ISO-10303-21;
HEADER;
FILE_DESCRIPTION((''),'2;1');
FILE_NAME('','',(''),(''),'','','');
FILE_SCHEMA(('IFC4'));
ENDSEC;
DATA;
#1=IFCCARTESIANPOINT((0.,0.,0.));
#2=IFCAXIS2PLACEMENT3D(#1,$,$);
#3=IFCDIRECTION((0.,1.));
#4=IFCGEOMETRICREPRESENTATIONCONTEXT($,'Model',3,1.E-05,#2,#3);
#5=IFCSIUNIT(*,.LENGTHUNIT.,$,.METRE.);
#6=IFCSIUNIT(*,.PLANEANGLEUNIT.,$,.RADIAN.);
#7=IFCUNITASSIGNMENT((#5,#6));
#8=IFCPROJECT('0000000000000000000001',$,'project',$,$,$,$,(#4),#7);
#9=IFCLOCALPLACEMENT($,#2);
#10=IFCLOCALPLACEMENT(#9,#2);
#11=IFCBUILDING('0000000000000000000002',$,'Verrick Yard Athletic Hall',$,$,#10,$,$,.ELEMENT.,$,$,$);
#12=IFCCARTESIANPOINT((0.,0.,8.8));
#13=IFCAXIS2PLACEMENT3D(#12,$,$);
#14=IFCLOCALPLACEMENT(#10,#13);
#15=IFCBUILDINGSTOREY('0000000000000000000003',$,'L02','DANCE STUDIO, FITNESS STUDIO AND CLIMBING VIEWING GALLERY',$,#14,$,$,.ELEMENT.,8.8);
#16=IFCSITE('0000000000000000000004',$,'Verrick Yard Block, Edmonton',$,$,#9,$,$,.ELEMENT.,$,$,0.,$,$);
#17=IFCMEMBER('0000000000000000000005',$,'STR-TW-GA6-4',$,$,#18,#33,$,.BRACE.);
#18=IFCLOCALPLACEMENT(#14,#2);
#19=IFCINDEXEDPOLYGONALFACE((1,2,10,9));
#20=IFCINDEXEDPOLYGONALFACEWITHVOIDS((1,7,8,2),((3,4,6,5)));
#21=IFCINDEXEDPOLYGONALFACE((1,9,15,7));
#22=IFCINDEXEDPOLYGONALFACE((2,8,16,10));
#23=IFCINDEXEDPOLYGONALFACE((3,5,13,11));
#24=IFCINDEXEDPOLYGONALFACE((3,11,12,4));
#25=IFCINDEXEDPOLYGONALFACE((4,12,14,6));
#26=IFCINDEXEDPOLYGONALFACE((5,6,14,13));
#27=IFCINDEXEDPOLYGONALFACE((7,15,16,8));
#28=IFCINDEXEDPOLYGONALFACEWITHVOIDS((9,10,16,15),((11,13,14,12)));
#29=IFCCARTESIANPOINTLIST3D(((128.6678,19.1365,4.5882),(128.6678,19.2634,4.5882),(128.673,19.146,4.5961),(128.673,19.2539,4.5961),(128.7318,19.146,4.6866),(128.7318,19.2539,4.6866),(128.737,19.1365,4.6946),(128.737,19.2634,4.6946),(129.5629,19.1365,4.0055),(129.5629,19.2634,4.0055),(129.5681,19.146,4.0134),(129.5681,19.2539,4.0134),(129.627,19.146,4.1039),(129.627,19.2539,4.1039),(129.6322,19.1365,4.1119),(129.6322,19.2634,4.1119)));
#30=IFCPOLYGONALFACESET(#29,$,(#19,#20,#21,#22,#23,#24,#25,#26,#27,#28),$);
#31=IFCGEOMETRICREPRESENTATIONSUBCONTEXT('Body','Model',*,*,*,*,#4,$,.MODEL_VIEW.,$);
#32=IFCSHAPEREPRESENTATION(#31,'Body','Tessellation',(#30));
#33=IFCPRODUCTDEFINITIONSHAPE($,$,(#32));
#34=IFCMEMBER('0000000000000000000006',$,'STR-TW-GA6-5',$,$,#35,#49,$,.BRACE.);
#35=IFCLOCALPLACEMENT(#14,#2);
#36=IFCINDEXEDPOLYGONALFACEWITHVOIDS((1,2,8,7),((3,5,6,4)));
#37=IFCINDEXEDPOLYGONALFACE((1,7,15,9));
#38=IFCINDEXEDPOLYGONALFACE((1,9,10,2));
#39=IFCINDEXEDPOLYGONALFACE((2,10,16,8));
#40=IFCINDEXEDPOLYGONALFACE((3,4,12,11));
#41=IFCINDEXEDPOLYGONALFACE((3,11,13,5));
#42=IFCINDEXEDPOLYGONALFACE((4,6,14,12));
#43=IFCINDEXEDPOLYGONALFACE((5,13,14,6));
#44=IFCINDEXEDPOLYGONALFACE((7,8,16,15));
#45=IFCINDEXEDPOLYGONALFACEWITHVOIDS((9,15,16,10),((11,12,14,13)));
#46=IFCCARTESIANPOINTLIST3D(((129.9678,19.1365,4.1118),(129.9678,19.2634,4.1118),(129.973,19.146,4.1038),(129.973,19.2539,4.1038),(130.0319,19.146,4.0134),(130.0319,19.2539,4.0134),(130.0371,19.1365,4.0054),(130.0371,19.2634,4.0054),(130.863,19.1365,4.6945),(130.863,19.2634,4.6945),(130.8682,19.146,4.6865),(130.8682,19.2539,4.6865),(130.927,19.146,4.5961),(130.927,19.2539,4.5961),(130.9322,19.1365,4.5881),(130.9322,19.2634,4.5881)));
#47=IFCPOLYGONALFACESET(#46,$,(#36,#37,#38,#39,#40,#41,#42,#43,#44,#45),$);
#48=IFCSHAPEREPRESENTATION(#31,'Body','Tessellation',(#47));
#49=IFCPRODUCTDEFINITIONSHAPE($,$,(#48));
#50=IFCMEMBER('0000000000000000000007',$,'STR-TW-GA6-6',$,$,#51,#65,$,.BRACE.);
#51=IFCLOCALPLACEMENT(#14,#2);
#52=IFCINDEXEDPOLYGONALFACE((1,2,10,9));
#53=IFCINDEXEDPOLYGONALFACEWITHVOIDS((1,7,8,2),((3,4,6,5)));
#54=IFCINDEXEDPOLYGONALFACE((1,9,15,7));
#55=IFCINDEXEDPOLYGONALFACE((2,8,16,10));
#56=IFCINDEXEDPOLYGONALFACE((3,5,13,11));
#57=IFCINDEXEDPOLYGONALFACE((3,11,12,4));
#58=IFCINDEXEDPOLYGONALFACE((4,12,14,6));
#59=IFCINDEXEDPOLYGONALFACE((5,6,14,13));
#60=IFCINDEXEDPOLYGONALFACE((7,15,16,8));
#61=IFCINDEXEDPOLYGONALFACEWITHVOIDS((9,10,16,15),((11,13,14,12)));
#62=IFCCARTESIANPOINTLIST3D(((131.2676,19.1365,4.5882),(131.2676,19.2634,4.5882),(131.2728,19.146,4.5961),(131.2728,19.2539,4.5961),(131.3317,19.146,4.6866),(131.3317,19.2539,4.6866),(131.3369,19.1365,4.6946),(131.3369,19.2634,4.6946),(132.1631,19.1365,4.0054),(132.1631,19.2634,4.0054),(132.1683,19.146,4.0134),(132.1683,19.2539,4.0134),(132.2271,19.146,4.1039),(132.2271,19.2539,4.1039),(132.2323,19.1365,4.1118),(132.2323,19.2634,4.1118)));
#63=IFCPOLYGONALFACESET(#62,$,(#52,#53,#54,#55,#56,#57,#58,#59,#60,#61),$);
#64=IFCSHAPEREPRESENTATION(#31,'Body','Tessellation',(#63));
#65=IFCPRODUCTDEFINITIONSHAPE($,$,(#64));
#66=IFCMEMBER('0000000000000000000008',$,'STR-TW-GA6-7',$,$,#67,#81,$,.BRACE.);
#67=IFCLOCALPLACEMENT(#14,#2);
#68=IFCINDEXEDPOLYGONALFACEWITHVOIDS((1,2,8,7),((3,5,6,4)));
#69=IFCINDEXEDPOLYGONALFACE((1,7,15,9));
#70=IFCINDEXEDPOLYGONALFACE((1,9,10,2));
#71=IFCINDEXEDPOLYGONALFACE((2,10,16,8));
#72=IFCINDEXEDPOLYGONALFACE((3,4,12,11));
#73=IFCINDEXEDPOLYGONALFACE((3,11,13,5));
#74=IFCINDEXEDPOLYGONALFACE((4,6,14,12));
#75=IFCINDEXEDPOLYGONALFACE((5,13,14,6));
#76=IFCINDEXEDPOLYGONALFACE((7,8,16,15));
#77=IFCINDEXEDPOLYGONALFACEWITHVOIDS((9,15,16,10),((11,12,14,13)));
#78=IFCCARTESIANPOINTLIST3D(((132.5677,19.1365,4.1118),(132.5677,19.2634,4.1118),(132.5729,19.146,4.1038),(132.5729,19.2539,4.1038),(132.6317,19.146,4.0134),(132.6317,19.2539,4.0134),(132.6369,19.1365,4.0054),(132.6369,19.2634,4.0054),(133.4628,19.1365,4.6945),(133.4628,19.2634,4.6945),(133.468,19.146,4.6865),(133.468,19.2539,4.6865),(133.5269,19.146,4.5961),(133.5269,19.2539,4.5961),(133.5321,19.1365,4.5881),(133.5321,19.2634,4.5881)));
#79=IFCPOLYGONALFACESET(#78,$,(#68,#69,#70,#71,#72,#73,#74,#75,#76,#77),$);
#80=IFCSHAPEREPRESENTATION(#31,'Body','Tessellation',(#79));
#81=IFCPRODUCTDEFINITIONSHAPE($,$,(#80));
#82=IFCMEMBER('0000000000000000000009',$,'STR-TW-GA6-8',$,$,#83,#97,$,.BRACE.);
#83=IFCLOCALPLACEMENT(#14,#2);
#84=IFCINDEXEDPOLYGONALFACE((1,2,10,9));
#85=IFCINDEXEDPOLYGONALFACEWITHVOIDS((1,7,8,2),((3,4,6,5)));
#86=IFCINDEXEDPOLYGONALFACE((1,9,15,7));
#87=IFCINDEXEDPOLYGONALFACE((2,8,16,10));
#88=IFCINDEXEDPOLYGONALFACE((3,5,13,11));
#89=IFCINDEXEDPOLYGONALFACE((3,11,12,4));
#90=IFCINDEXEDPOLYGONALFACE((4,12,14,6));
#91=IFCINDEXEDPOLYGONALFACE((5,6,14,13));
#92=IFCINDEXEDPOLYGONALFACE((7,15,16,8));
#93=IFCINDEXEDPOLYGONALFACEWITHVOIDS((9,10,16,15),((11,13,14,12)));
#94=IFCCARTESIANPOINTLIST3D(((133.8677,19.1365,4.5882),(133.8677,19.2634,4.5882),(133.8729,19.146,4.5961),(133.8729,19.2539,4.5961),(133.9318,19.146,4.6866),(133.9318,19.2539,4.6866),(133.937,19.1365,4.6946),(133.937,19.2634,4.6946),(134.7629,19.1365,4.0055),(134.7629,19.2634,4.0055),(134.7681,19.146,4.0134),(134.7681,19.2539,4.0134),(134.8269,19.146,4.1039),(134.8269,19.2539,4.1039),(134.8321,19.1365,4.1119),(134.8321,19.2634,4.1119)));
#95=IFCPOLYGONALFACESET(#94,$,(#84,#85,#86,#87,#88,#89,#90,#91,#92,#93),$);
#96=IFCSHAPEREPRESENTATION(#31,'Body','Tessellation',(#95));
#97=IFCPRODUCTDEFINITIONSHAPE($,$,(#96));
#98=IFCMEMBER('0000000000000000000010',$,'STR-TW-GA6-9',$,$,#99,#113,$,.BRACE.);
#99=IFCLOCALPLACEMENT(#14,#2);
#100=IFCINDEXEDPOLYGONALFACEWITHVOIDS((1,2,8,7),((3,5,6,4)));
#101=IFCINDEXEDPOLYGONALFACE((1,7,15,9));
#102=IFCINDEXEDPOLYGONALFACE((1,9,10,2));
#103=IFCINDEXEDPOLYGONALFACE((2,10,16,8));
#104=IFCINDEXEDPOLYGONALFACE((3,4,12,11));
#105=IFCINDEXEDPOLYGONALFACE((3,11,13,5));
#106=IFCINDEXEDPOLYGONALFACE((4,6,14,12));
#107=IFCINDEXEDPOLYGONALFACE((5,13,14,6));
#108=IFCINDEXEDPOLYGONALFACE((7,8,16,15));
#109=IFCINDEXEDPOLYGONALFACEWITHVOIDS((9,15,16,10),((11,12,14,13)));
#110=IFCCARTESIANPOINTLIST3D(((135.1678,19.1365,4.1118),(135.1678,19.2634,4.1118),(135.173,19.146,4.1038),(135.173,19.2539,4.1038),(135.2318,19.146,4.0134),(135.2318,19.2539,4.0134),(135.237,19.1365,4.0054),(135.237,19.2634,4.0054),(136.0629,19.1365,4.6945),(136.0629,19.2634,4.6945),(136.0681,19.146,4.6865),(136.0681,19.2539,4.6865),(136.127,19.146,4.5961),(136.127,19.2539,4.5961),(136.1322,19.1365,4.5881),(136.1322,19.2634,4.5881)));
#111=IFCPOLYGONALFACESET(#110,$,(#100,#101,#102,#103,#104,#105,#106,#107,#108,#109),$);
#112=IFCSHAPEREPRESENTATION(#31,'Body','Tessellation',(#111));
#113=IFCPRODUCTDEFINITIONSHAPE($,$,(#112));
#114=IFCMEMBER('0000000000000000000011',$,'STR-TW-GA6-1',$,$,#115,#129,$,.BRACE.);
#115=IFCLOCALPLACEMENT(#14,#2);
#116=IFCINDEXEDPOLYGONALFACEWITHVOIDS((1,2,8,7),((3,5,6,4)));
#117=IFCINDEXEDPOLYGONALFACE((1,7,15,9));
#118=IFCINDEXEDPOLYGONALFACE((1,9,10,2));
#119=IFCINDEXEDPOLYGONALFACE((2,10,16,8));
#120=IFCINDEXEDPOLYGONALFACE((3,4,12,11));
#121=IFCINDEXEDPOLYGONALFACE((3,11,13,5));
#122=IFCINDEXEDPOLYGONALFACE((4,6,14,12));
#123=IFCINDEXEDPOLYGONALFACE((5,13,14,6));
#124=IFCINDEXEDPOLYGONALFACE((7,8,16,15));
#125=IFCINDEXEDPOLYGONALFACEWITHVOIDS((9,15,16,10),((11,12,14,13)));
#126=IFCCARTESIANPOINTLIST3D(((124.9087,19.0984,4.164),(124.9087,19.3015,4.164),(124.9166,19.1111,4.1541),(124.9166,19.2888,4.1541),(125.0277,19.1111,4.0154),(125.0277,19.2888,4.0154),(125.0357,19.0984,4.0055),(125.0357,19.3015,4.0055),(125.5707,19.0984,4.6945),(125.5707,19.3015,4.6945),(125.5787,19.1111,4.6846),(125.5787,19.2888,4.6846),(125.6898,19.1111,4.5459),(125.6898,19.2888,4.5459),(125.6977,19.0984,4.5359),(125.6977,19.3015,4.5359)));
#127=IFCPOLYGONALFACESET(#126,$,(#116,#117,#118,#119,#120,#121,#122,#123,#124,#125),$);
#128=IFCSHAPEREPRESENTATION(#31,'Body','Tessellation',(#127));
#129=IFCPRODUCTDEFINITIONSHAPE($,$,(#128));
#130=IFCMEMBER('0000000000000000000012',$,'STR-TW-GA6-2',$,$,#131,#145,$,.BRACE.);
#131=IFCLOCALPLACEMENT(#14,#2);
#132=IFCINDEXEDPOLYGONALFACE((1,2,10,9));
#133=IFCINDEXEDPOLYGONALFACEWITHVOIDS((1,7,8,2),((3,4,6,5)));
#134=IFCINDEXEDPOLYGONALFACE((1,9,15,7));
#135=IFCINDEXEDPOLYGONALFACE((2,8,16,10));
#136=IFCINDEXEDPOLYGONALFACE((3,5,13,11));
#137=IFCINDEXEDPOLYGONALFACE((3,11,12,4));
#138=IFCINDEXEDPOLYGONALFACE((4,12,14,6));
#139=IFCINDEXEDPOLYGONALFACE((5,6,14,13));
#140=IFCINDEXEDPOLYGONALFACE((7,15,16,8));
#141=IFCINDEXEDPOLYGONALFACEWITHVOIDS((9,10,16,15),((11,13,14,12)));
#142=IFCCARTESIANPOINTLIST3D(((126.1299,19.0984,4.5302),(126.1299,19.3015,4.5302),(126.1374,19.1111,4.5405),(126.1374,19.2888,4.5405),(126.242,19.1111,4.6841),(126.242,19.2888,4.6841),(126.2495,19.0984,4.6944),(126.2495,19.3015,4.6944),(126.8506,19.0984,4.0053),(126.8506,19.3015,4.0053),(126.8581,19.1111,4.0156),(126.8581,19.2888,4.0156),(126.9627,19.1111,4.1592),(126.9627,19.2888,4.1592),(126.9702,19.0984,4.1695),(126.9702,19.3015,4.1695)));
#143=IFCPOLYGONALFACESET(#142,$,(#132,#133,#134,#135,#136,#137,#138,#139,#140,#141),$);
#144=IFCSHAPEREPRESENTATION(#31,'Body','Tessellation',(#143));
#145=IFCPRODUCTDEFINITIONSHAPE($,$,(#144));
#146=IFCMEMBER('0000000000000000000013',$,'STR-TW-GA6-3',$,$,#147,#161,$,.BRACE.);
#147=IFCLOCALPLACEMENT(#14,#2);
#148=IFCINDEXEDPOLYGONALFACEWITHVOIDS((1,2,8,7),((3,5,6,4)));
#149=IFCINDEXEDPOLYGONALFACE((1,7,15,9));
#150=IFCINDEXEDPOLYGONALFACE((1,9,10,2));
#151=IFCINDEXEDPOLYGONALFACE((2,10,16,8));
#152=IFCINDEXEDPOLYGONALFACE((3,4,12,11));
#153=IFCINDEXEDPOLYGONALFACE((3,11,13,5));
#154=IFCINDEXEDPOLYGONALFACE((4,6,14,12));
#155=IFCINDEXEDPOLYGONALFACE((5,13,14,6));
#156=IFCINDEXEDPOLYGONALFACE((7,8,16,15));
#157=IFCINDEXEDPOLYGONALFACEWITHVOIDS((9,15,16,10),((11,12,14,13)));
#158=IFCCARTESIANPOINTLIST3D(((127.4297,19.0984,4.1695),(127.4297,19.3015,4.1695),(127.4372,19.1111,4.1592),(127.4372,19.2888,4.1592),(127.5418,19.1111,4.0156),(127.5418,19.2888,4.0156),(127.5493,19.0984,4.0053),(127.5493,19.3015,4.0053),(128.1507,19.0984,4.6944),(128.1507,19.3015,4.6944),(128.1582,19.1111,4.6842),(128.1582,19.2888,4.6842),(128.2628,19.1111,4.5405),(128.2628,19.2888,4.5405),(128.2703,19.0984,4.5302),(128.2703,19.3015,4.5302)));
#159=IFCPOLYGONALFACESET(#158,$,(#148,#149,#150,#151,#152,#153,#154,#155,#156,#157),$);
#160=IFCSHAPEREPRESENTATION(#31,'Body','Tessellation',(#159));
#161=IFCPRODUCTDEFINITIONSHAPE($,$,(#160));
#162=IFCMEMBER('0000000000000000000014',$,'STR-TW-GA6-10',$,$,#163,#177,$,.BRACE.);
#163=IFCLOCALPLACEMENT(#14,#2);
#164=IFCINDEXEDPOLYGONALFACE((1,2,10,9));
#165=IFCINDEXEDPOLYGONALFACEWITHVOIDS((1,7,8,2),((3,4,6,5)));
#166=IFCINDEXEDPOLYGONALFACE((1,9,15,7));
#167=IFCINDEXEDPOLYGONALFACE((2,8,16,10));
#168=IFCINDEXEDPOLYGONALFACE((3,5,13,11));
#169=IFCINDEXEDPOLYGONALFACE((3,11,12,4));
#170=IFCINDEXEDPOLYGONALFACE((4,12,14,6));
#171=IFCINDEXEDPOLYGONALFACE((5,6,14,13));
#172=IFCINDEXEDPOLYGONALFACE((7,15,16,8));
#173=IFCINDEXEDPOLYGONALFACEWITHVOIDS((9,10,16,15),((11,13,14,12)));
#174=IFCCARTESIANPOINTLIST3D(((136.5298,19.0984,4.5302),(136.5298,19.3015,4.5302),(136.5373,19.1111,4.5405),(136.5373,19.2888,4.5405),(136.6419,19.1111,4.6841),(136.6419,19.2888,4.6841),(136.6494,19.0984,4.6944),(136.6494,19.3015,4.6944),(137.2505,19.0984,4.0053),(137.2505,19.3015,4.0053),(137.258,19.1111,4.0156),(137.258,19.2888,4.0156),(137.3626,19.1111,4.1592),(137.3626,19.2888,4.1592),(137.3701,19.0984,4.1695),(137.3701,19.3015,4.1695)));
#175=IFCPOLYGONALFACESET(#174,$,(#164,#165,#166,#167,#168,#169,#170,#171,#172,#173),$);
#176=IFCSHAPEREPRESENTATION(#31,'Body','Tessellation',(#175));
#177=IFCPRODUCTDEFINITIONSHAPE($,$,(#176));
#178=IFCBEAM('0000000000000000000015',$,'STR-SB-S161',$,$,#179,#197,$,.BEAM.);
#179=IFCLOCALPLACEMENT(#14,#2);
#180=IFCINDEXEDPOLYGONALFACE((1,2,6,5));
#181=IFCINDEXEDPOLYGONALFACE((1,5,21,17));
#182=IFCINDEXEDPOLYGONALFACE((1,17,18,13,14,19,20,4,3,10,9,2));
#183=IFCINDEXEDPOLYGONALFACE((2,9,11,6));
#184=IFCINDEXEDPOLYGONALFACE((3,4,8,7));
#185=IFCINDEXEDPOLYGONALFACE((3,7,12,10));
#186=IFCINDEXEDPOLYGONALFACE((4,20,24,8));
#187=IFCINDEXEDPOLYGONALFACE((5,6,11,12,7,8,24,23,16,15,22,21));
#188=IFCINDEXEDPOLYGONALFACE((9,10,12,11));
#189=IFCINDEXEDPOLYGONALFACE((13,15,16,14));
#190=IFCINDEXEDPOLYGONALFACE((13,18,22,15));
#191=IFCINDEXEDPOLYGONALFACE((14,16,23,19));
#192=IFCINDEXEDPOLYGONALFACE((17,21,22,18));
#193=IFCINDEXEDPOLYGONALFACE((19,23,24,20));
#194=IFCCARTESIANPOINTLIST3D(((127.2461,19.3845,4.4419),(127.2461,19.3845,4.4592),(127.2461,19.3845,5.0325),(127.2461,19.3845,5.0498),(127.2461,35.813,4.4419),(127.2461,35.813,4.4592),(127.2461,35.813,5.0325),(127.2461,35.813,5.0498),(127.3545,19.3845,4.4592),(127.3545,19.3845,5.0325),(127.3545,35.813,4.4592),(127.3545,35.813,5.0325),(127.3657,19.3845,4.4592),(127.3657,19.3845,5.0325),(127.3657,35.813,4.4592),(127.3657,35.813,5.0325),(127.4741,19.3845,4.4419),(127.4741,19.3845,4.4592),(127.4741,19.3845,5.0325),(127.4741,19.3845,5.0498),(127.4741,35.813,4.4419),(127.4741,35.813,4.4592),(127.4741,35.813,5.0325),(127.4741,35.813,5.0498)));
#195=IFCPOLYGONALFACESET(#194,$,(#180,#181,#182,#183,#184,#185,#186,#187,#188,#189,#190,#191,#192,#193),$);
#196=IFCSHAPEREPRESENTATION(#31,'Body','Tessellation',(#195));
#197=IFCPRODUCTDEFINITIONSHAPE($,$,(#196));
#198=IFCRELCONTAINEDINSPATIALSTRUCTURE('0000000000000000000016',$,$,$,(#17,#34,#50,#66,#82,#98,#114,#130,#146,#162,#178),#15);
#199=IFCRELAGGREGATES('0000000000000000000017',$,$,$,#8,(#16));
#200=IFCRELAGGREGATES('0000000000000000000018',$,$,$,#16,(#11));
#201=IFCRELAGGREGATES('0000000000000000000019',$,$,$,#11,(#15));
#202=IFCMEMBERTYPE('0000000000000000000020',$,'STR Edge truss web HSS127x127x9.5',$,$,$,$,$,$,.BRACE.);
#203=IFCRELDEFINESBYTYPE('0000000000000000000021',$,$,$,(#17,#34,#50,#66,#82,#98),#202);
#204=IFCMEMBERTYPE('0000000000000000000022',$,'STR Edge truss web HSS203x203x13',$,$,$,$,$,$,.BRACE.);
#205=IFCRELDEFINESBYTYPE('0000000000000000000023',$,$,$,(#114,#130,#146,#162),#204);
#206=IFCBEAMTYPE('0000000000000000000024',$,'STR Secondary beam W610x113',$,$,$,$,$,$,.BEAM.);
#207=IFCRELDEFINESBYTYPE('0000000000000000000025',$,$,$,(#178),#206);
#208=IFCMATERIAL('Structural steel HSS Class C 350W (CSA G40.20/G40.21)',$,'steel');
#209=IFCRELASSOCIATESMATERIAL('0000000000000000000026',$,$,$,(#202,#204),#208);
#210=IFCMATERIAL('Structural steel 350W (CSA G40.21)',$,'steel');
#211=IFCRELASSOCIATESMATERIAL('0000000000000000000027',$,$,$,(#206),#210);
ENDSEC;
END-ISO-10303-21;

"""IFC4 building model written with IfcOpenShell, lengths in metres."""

from ifc_helpers import new_model, si_unit, direction, frame, origin, origin_2d, place, context, subcontext, project, spatial, hollow_rectangle, i_section, extrude, material, material_profile, profile_set, type_object, element, save


model = new_model("IFC4")

# Units and contexts
model_context = context("Model", 3, precision=1e-05, world=origin(), true_north=direction((0.0, 1.0)))
body_context = subcontext(model_context, "Body", "Model", "MODEL_VIEW")
ifc_project = project(units=[si_unit("LENGTHUNIT", "METRE"), si_unit("PLANEANGLEUNIT", "RADIAN")], contexts=[model_context])

# Site, building, storey
site_placement = place(None, origin())
site = spatial("IfcSite", under=ifc_project, at=site_placement, Name="Verrick Yard Block, Edmonton", CompositionType="ELEMENT", RefElevation=0.0)
building_placement = place(site_placement, origin())
building = spatial("IfcBuilding", under=site, at=building_placement, Name="Verrick Yard Athletic Hall", CompositionType="ELEMENT")
storey_placement = place(building_placement, frame((0.0, 0.0, 8.8)))
storey = spatial("IfcBuildingStorey", under=building, at=storey_placement, Name="L02", Description="DANCE STUDIO, FITNESS STUDIO AND CLIMBING VIEWING GALLERY", CompositionType="ELEMENT", Elevation=8.8)

# Members
ifc_material_1 = material(Name="Structural steel 350W (CSA G40.21)", Category="steel")
ifc_material_2 = material(Name="Structural steel HSS Class C 350W (CSA G40.20/G40.21)", Category="steel")
ifc_material_profile_1 = material_profile(ifc_material_2, hollow_rectangle(XDim=0.127, YDim=0.127, WallThickness=0.0095, at=origin_2d()), Name="HSS127x127x9.5")
ifc_profile_set_1 = profile_set([ifc_material_profile_1], Name="Structural steel HSS Class C 350W (CSA G40.20/G40.21)")
member_type_1 = type_object("IfcMemberType", Name="STR Edge truss web HSS127x127x9.5", PredefinedType="BRACE", material=ifc_profile_set_1)
for number, where, z_axis, x_axis, name in (
    (1, (128.7024, 19.2, 4.6414), (0.838083, 0.0, -0.545543), (0.0, 1.0, 0.0), "STR-TW-GA6-4"),
    (2, (130.0024, 19.2, 4.0586), (0.838083, 0.0, 0.545543), (0.0, 1.0, 0.0), "STR-TW-GA6-5"),
):
    element("IfcMember", number, at=place(storey_placement, frame(where, z_axis=z_axis, x_axis=x_axis)), inside=storey, type_object=member_type_1, Name=name, PredefinedType="BRACE", context=body_context, shape_type="SweptSolid", body=[
        extrude(hollow_rectangle(XDim=0.127, YDim=0.127, WallThickness=0.0095, at=origin_2d()), origin(), (0.0, 0.0, 1.0), 1.0681),
    ])
member_1_placement = place(storey_placement, frame((131.3022, 19.2, 4.6414), z_axis=(0.838151, 0.0, -0.545438), x_axis=(0.0, 1.0, 0.0)))
element("IfcMember", 3, at=member_1_placement, inside=storey, type_object=member_type_1, Name="STR-TW-GA6-6", PredefinedType="BRACE", context=body_context, shape_type="SweptSolid", body=[
    extrude(hollow_rectangle(XDim=0.127, YDim=0.127, WallThickness=0.0095, at=origin_2d()), origin(), (0.0, 0.0, 1.0), 1.0684),
])
for number, where, z_axis, x_axis, name in (
    (4, (132.6023, 19.2, 4.0586), (0.838083, 0.0, 0.545543), (0.0, 1.0, 0.0), "STR-TW-GA6-7"),
    (5, (133.9023, 19.2, 4.6414), (0.838083, 0.0, -0.545543), (0.0, 1.0, 0.0), "STR-TW-GA6-8"),
    (6, (135.2024, 19.2, 4.0586), (0.838083, 0.0, 0.545543), (0.0, 1.0, 0.0), "STR-TW-GA6-9"),
):
    element("IfcMember", number, at=place(storey_placement, frame(where, z_axis=z_axis, x_axis=x_axis)), inside=storey, type_object=member_type_1, Name=name, PredefinedType="BRACE", context=body_context, shape_type="SweptSolid", body=[
        extrude(hollow_rectangle(XDim=0.127, YDim=0.127, WallThickness=0.0095, at=origin_2d()), origin(), (0.0, 0.0, 1.0), 1.0681),
    ])
ifc_material_profile_2 = material_profile(ifc_material_2, hollow_rectangle(XDim=0.2031, YDim=0.2031, WallThickness=0.0127, at=origin_2d()), Name="HSS203x203x13")
ifc_profile_set_2 = profile_set([ifc_material_profile_2], Name="Structural steel HSS Class C 350W (CSA G40.20/G40.21)")
member_type_2 = type_object("IfcMemberType", Name="STR Edge truss web HSS203x203x13", PredefinedType="BRACE", material=ifc_profile_set_2)
member_2_placement = place(storey_placement, frame((124.9722, 19.2, 4.0847), z_axis=(0.780391, 0.0, 0.625291), x_axis=(0.0, 1.0, 0.0)))
element("IfcMember", 7, at=member_2_placement, inside=storey, type_object=member_type_2, Name="STR-TW-GA6-1", PredefinedType="BRACE", context=body_context, shape_type="SweptSolid", body=[
    extrude(hollow_rectangle(XDim=0.2031, YDim=0.2031, WallThickness=0.0127, at=origin_2d()), origin(), (0.0, 0.0, 1.0), 0.8484),
])
member_3_placement = place(storey_placement, frame((126.1897, 19.2, 4.6123), z_axis=(0.808333, 0.0, -0.588725), x_axis=(0.0, 1.0, 0.0)))
element("IfcMember", 8, at=member_3_placement, inside=storey, type_object=member_type_2, Name="STR-TW-GA6-2", PredefinedType="BRACE", context=body_context, shape_type="SweptSolid", body=[
    extrude(hollow_rectangle(XDim=0.2031, YDim=0.2031, WallThickness=0.0127, at=origin_2d()), origin(), (0.0, 0.0, 1.0), 0.8916),
])
member_4_placement = place(storey_placement, frame((127.4895, 19.2, 4.0874), z_axis=(0.808428, 0.0, 0.588595), x_axis=(0.0, 1.0, 0.0)))
element("IfcMember", 9, at=member_4_placement, inside=storey, type_object=member_type_2, Name="STR-TW-GA6-3", PredefinedType="BRACE", context=body_context, shape_type="SweptSolid", body=[
    extrude(hollow_rectangle(XDim=0.2031, YDim=0.2031, WallThickness=0.0127, at=origin_2d()), origin(), (0.0, 0.0, 1.0), 0.8918),
])
member_5_placement = place(storey_placement, frame((136.5896, 19.2, 4.6123), z_axis=(0.808333, 0.0, -0.588725), x_axis=(0.0, 1.0, 0.0)))
element("IfcMember", 10, at=member_5_placement, inside=storey, type_object=member_type_2, Name="STR-TW-GA6-10", PredefinedType="BRACE", context=body_context, shape_type="SweptSolid", body=[
    extrude(hollow_rectangle(XDim=0.2031, YDim=0.2031, WallThickness=0.0127, at=origin_2d()), origin(), (0.0, 0.0, 1.0), 0.8916),
])

# Beam
ifc_material_profile_3 = material_profile(ifc_material_1, i_section(OverallWidth=0.228, OverallDepth=0.6079, WebThickness=0.0112, FlangeThickness=0.0173, at=origin_2d()), Name="W610x113")
ifc_profile_set_3 = profile_set([ifc_material_profile_3], Name="Structural steel 350W (CSA G40.21)")
beam_type = type_object("IfcBeamType", Name="STR Secondary beam W610x113", PredefinedType="BEAM", material=ifc_profile_set_3)
for number, where, z_axis, x_axis, name in (
    (11, (127.3601, 19.3845, 4.7458), (0.0, 1.0, 0.0), (-1.0, 0.0, 0.0), "STR-SB-S161"),
):
    element("IfcBeam", number, at=place(storey_placement, frame(where, z_axis=z_axis, x_axis=x_axis)), inside=storey, type_object=beam_type, Name=name, PredefinedType="BEAM", context=body_context, shape_type="SweptSolid", body=[
        extrude(i_section(OverallWidth=0.228, OverallDepth=0.6079, WebThickness=0.0112, FlangeThickness=0.0173, at=origin_2d()), origin(), (0.0, 0.0, 1.0), 16.4285),
    ])

save(model, "model.ifc")
